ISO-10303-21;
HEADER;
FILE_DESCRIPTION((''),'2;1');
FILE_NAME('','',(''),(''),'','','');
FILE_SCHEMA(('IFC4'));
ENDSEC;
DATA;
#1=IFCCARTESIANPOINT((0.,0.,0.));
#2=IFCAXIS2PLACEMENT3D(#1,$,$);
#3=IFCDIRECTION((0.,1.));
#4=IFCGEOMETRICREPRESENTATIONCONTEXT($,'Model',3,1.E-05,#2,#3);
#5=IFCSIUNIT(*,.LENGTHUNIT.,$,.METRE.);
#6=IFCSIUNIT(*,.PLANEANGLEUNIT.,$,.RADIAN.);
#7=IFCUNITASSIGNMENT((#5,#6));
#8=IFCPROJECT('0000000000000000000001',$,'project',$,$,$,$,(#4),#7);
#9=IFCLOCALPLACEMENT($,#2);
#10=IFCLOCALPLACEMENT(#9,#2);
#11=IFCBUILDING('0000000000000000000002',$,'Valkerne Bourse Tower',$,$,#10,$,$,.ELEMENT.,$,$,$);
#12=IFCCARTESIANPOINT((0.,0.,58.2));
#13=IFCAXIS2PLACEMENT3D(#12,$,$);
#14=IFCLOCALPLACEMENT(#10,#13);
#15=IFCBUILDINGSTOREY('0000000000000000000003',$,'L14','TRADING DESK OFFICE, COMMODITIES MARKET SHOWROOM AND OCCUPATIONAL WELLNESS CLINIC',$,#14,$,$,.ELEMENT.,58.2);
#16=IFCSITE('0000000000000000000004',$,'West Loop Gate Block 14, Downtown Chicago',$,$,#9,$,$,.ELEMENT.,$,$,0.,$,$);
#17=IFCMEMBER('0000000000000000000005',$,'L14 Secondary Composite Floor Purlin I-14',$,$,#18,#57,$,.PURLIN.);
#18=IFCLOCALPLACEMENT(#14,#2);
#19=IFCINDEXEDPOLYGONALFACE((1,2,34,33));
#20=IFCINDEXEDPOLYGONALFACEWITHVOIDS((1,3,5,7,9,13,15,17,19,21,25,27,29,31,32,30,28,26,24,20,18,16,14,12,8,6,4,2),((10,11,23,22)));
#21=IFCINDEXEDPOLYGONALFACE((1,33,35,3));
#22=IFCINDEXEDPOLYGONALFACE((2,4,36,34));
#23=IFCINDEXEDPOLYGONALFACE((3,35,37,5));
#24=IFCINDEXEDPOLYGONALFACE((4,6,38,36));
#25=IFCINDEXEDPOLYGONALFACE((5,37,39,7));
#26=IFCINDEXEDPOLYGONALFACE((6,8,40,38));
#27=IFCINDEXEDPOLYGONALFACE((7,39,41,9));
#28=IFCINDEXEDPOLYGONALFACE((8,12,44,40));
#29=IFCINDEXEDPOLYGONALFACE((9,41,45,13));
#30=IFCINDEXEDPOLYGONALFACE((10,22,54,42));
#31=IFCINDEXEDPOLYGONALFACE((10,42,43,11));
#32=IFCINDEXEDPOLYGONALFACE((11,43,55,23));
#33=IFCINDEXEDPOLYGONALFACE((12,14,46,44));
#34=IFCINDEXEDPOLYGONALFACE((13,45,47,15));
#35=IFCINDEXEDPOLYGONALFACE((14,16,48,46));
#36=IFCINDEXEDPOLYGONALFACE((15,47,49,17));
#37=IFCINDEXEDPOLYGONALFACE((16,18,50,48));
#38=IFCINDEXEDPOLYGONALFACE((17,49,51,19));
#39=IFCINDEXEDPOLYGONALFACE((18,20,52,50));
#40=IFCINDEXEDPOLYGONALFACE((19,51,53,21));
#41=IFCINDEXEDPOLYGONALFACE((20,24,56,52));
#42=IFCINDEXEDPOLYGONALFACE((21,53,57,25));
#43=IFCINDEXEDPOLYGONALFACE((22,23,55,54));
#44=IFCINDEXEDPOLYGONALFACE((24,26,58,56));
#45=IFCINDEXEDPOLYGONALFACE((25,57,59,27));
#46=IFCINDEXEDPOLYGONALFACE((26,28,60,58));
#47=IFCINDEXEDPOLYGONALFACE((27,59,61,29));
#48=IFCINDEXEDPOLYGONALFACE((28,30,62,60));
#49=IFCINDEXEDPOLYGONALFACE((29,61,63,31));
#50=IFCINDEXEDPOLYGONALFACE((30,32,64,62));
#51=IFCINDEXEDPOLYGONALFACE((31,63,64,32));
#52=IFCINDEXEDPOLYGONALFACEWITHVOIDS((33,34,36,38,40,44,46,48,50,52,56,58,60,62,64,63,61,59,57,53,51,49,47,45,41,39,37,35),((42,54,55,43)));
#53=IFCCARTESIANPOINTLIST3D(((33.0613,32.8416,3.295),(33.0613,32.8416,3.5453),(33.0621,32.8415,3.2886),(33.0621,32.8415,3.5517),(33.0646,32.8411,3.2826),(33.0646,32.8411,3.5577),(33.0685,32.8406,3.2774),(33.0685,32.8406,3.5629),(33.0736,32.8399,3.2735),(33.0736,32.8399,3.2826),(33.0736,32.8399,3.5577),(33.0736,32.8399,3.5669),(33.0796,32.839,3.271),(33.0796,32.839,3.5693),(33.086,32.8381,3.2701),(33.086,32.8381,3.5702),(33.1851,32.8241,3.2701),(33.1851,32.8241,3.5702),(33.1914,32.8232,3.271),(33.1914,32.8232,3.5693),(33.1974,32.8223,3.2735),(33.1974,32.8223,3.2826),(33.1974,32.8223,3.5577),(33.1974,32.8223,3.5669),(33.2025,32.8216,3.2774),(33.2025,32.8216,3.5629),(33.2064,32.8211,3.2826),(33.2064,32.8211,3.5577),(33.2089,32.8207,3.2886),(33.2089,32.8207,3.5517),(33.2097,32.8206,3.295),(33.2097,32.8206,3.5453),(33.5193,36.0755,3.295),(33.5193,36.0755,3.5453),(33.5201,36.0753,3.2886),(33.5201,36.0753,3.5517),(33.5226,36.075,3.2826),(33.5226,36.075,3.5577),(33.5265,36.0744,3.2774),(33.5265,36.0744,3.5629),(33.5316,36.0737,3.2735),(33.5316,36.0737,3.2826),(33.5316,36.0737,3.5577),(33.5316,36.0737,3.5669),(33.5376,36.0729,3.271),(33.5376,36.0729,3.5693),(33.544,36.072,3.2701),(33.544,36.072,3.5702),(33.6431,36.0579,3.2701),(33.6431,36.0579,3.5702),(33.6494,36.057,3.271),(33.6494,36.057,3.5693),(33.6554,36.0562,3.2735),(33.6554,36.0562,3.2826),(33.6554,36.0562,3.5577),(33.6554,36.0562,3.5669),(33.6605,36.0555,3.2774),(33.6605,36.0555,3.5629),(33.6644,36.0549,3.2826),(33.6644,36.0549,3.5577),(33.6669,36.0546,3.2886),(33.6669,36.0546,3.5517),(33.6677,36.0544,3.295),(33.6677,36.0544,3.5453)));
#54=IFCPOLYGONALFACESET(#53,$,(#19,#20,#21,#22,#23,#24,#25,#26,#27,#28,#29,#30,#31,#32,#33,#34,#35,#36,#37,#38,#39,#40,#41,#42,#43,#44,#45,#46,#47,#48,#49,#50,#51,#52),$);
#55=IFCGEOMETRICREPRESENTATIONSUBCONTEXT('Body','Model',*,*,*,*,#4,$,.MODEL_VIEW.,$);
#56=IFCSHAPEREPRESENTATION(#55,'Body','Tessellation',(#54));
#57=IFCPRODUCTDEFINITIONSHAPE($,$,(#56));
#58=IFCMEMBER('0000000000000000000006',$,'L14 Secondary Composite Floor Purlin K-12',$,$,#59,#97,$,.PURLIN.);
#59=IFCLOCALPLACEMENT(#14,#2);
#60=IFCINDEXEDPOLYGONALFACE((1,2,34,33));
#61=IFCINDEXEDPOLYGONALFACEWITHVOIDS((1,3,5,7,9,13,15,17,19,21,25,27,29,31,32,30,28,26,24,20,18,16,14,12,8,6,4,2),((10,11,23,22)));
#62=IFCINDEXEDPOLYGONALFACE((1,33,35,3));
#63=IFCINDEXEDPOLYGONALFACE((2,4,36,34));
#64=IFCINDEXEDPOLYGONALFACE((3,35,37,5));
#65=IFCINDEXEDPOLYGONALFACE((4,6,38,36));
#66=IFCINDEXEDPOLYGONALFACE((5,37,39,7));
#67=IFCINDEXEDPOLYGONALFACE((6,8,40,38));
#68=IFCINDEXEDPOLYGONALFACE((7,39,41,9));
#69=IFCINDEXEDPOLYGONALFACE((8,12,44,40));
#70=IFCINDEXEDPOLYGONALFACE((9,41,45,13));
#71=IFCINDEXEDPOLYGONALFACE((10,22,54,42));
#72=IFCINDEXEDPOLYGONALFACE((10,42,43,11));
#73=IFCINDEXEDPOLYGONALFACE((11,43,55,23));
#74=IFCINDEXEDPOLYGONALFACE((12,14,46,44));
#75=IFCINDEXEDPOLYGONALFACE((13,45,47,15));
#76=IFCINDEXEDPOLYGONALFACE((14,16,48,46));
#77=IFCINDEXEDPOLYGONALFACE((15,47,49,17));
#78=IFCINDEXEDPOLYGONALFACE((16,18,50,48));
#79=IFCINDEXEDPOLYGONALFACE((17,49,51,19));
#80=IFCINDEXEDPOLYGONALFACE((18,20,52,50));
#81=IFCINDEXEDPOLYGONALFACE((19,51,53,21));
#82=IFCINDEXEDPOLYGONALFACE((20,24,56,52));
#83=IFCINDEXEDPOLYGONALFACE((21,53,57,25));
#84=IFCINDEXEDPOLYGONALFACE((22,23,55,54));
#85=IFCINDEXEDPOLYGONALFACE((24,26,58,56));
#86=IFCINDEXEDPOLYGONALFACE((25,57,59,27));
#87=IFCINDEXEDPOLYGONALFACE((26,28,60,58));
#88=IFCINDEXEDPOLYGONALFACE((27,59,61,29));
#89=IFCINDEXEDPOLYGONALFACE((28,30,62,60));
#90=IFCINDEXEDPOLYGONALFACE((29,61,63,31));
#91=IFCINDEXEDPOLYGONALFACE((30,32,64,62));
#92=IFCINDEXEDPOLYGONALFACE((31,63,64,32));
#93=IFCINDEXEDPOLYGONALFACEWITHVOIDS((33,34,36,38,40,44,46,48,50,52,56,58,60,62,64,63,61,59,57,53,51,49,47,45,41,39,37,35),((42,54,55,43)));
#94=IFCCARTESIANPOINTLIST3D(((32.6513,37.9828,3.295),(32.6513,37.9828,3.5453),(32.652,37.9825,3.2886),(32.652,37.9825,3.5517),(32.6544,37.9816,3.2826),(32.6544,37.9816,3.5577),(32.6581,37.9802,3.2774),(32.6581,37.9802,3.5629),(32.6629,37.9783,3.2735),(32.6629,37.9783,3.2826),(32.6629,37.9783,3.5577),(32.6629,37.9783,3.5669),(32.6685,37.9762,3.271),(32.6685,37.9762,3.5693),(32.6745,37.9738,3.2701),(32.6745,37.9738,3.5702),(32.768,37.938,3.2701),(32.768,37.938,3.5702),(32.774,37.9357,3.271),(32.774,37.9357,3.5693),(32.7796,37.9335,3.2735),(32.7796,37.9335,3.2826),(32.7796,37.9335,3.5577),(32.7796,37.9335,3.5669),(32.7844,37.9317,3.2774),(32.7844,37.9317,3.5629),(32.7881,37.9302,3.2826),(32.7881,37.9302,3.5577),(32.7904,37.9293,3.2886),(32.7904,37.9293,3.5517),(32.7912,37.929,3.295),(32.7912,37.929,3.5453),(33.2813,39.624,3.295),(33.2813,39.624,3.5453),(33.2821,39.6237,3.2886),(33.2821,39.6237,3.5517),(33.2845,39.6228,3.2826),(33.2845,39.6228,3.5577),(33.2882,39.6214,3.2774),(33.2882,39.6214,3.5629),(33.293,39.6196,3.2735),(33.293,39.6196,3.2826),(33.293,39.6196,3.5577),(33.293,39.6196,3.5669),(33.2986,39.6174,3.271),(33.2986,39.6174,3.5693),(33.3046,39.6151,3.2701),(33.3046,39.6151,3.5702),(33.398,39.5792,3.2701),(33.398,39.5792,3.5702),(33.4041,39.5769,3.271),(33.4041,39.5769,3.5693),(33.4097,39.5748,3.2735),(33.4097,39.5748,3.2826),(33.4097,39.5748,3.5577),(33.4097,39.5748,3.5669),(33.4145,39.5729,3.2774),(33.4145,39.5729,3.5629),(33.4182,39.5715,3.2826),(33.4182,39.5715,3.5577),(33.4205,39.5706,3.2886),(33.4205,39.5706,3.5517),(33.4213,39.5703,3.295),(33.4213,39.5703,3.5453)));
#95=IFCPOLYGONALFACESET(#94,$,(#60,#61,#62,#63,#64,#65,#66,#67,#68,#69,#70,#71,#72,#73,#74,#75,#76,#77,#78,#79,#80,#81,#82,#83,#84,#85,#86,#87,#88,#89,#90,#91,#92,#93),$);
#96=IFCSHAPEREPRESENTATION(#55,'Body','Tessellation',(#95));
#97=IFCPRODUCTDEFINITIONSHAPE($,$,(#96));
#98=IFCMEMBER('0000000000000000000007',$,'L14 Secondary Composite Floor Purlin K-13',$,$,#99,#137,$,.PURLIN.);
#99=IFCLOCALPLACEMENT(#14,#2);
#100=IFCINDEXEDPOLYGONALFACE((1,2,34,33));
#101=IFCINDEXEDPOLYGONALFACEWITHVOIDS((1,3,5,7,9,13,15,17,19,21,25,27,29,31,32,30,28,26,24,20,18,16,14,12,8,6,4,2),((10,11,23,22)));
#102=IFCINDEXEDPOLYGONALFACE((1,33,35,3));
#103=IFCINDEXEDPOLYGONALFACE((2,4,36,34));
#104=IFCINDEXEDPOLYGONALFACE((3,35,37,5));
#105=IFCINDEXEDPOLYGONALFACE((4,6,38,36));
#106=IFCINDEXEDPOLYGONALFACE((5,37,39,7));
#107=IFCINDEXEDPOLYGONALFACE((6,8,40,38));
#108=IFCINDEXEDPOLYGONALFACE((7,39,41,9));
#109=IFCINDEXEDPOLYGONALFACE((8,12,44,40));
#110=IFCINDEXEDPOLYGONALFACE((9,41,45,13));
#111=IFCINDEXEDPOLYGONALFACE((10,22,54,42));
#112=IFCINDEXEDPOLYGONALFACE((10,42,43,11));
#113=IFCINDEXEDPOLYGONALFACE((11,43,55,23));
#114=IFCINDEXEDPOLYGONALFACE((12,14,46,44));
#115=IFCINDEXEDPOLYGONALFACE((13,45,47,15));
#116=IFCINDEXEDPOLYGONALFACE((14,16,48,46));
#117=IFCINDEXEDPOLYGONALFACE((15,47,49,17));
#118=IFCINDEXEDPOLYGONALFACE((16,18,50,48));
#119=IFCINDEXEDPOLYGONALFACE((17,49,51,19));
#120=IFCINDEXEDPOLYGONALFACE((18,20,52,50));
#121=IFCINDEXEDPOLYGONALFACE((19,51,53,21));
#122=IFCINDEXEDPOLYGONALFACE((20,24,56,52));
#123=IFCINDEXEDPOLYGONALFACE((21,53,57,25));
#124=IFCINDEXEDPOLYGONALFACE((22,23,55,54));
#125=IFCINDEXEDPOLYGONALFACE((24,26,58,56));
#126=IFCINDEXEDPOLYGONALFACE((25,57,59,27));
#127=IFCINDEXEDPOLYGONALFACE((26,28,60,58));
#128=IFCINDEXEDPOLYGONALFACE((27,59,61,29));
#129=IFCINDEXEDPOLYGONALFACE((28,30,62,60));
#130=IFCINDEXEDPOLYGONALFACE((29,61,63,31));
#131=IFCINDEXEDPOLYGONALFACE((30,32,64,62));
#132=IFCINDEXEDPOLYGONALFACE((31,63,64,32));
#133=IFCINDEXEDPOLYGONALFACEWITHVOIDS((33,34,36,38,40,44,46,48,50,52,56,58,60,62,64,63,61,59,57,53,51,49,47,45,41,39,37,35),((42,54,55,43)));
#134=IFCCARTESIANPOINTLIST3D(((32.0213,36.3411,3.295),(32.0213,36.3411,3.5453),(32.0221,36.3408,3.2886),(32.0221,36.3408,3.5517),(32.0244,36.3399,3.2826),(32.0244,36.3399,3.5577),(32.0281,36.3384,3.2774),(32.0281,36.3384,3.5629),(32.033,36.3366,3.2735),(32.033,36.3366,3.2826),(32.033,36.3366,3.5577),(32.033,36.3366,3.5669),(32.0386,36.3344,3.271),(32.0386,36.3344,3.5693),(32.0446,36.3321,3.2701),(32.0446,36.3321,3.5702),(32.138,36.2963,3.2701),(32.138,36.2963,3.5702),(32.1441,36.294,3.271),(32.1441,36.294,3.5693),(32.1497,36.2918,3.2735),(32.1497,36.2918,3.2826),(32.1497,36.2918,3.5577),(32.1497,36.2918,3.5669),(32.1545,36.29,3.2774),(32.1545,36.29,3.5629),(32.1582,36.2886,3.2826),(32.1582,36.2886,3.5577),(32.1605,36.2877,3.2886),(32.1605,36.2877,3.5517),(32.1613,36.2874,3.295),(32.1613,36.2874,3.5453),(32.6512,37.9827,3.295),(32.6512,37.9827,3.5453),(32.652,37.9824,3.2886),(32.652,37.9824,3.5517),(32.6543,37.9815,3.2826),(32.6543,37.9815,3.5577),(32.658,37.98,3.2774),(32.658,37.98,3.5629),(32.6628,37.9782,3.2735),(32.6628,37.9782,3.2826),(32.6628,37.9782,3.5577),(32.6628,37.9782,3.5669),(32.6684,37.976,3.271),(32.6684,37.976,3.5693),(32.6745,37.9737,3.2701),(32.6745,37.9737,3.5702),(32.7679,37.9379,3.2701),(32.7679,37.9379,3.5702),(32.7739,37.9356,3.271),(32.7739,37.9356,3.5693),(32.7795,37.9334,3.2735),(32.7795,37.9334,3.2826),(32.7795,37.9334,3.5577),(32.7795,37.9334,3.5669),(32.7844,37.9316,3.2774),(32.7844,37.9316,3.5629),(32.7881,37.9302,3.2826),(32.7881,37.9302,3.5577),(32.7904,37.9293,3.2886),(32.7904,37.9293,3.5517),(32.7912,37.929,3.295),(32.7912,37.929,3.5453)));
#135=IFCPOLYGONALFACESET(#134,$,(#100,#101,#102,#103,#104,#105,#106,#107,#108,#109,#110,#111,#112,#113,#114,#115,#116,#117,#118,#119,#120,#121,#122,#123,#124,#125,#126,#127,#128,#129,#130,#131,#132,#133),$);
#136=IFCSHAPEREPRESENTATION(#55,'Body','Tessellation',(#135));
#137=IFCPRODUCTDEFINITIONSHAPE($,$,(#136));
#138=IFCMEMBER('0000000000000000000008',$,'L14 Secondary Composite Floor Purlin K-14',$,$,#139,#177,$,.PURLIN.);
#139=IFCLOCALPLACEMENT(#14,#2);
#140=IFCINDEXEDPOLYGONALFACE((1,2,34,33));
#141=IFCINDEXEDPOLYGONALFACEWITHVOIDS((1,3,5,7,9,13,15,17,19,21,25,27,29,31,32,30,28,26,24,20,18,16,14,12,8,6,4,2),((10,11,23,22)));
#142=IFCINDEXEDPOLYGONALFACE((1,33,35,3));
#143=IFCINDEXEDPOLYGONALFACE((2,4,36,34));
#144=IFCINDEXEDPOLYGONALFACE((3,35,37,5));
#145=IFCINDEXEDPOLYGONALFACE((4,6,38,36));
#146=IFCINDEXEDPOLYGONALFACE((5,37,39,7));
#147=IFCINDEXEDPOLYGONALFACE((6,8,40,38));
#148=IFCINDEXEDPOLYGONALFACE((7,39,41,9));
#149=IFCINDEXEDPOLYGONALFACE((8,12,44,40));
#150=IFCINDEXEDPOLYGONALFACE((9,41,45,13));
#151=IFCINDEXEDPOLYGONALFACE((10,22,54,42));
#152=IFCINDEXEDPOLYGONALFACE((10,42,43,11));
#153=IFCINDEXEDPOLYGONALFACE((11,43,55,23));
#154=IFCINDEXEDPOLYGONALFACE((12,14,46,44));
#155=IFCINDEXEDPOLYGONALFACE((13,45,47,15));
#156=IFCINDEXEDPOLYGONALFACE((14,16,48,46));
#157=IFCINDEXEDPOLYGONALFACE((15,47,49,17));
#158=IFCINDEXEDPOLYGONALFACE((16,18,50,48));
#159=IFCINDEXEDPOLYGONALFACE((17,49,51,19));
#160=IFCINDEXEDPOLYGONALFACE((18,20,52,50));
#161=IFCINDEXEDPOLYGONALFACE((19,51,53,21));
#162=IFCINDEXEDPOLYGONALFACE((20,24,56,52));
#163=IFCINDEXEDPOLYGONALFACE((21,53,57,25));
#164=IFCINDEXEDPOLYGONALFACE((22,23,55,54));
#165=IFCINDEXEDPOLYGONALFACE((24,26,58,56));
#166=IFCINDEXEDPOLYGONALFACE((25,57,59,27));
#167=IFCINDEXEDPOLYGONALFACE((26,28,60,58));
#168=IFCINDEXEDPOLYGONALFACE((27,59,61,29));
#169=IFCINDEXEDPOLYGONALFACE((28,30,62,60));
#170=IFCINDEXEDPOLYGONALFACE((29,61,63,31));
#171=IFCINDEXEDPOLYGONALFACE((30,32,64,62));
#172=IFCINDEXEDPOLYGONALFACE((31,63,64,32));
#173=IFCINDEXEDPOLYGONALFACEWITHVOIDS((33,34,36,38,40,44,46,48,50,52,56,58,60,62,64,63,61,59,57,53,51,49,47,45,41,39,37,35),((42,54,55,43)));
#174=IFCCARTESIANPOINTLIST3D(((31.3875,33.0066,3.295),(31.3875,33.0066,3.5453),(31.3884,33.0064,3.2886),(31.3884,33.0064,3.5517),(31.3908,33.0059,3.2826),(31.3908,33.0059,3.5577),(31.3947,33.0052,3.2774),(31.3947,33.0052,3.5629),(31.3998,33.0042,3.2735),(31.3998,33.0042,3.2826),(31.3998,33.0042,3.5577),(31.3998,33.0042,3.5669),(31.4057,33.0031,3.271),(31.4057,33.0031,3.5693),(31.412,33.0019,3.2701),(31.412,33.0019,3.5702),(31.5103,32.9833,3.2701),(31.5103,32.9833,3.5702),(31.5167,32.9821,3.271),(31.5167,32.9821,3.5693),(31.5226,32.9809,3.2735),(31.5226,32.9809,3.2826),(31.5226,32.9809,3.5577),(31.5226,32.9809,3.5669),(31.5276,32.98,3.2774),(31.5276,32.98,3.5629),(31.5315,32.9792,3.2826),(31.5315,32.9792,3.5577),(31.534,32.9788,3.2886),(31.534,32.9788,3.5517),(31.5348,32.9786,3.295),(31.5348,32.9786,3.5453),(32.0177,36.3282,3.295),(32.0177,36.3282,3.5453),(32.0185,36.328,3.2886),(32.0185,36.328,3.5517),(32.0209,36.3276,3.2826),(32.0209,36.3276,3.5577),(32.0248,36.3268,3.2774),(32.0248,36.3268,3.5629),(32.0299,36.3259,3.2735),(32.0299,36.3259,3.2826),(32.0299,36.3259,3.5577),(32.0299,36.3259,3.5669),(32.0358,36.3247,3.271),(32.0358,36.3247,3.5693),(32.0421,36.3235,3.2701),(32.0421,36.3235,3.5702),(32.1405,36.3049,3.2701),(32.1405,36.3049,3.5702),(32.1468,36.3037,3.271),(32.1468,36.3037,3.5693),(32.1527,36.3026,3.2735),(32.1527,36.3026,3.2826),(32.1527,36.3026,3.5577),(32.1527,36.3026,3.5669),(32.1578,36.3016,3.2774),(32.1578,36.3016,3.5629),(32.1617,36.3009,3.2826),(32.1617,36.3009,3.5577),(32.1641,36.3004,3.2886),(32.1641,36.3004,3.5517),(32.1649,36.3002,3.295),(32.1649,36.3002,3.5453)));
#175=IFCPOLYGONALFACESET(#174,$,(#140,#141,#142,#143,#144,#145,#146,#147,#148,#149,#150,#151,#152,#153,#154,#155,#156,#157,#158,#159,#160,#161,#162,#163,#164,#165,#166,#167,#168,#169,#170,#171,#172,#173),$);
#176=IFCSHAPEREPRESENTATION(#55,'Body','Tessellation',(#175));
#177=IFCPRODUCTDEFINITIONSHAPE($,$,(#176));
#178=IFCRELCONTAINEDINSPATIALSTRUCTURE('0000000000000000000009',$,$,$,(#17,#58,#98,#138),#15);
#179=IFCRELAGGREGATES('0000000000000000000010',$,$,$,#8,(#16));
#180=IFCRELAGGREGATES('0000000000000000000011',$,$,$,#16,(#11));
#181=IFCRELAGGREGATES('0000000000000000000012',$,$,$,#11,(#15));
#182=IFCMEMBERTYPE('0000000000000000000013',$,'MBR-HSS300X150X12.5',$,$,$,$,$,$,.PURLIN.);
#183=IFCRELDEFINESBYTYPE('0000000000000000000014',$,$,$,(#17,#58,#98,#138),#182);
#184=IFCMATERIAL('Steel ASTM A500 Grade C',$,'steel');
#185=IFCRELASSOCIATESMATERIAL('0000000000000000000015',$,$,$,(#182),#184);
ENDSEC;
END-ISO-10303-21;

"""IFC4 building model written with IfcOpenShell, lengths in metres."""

from ifc_helpers import new_model, si_unit, direction, frame, origin, origin_2d, place, context, subcontext, project, spatial, hollow_rectangle, extrude, material, material_profile, profile_set, type_object, element, save


model = new_model("IFC4")

# Units and contexts
model_context = context("Model", 3, precision=1e-05, world=origin(), true_north=direction((0.0, 1.0)))
body_context = subcontext(model_context, "Body", "Model", "MODEL_VIEW")
ifc_project = project(units=[si_unit("LENGTHUNIT", "METRE"), si_unit("PLANEANGLEUNIT", "RADIAN")], contexts=[model_context])

# Site, building, storey
site_placement = place(None, origin())
site = spatial("IfcSite", under=ifc_project, at=site_placement, Name="West Loop Gate Block 14, Downtown Chicago", CompositionType="ELEMENT", RefElevation=0.0)
building_placement = place(site_placement, origin())
building = spatial("IfcBuilding", under=site, at=building_placement, Name="Valkerne Bourse Tower", CompositionType="ELEMENT")
storey_placement = place(building_placement, frame((0.0, 0.0, 58.2)))
storey = spatial("IfcBuildingStorey", under=building, at=storey_placement, Name="L14", Description="TRADING DESK OFFICE, COMMODITIES MARKET SHOWROOM AND OCCUPATIONAL WELLNESS CLINIC", CompositionType="ELEMENT", Elevation=58.2)

# Members
ifc_material_1 = material(Name="Steel ASTM A500 Grade C", Category="steel")
ifc_material_profile_1 = material_profile(ifc_material_1, hollow_rectangle(XDim=0.1499, YDim=0.3, WallThickness=0.0125, OuterFilletRadius=0.0249, at=origin_2d()), Name="HSS300X150X12.5")
ifc_profile_set_1 = profile_set([ifc_material_profile_1], Name="Steel ASTM A500 Grade C")
member_type_1 = type_object("IfcMemberType", Name="MBR-HSS300X150X12.5", PredefinedType="PURLIN", material=ifc_profile_set_1)
member_1_placement = place(storey_placement, frame((33.5935, 36.0649, 3.4202), z_axis=(-0.140228, -0.990119, 0.0), x_axis=(0.990119, -0.140228, 0.0)))
element("IfcMember", 1, at=member_1_placement, inside=storey, type_object=member_type_1, Name="L14 Secondary Composite Floor Purlin I-14", PredefinedType="PURLIN", context=body_context, shape_type="SweptSolid", body=[
    extrude(hollow_rectangle(XDim=0.1499, YDim=0.3, WallThickness=0.0125, OuterFilletRadius=0.0249, at=origin_2d()), origin(), (0.0, 0.0, 1.0), 3.2661),
])
member_2_placement = place(storey_placement, frame((33.3513, 39.5972, 3.4202), z_axis=(-0.358402, -0.933567, 0.0), x_axis=(0.933567, -0.358402, 0.0)))
element("IfcMember", 2, at=member_2_placement, inside=storey, type_object=member_type_1, Name="L14 Secondary Composite Floor Purlin K-12", PredefinedType="PURLIN", context=body_context, shape_type="SweptSolid", body=[
    extrude(hollow_rectangle(XDim=0.1499, YDim=0.3, WallThickness=0.0125, OuterFilletRadius=0.0249, at=origin_2d()), origin(), (0.0, 0.0, 1.0), 1.7581),
])
member_3_placement = place(storey_placement, frame((32.7212, 37.9558, 3.4202), z_axis=(-0.358235, -0.933632, 0.0), x_axis=(0.933632, -0.358235, 0.0)))
element("IfcMember", 3, at=member_3_placement, inside=storey, type_object=member_type_1, Name="L14 Secondary Composite Floor Purlin K-13", PredefinedType="PURLIN", context=body_context, shape_type="SweptSolid", body=[
    extrude(hollow_rectangle(XDim=0.1499, YDim=0.3, WallThickness=0.0125, OuterFilletRadius=0.0249, at=origin_2d()), origin(), (0.0, 0.0, 1.0), 1.7583),
])
member_4_placement = place(storey_placement, frame((32.0913, 36.3142, 3.4202), z_axis=(-0.186385, -0.982477, 0.0), x_axis=(0.982477, -0.186385, 0.0)))
element("IfcMember", 4, at=member_4_placement, inside=storey, type_object=member_type_1, Name="L14 Secondary Composite Floor Purlin K-14", PredefinedType="PURLIN", context=body_context, shape_type="SweptSolid", body=[
    extrude(hollow_rectangle(XDim=0.1499, YDim=0.3, WallThickness=0.0125, OuterFilletRadius=0.0249, at=origin_2d()), origin(), (0.0, 0.0, 1.0), 3.3809),
])

save(model, "model.ifc")
